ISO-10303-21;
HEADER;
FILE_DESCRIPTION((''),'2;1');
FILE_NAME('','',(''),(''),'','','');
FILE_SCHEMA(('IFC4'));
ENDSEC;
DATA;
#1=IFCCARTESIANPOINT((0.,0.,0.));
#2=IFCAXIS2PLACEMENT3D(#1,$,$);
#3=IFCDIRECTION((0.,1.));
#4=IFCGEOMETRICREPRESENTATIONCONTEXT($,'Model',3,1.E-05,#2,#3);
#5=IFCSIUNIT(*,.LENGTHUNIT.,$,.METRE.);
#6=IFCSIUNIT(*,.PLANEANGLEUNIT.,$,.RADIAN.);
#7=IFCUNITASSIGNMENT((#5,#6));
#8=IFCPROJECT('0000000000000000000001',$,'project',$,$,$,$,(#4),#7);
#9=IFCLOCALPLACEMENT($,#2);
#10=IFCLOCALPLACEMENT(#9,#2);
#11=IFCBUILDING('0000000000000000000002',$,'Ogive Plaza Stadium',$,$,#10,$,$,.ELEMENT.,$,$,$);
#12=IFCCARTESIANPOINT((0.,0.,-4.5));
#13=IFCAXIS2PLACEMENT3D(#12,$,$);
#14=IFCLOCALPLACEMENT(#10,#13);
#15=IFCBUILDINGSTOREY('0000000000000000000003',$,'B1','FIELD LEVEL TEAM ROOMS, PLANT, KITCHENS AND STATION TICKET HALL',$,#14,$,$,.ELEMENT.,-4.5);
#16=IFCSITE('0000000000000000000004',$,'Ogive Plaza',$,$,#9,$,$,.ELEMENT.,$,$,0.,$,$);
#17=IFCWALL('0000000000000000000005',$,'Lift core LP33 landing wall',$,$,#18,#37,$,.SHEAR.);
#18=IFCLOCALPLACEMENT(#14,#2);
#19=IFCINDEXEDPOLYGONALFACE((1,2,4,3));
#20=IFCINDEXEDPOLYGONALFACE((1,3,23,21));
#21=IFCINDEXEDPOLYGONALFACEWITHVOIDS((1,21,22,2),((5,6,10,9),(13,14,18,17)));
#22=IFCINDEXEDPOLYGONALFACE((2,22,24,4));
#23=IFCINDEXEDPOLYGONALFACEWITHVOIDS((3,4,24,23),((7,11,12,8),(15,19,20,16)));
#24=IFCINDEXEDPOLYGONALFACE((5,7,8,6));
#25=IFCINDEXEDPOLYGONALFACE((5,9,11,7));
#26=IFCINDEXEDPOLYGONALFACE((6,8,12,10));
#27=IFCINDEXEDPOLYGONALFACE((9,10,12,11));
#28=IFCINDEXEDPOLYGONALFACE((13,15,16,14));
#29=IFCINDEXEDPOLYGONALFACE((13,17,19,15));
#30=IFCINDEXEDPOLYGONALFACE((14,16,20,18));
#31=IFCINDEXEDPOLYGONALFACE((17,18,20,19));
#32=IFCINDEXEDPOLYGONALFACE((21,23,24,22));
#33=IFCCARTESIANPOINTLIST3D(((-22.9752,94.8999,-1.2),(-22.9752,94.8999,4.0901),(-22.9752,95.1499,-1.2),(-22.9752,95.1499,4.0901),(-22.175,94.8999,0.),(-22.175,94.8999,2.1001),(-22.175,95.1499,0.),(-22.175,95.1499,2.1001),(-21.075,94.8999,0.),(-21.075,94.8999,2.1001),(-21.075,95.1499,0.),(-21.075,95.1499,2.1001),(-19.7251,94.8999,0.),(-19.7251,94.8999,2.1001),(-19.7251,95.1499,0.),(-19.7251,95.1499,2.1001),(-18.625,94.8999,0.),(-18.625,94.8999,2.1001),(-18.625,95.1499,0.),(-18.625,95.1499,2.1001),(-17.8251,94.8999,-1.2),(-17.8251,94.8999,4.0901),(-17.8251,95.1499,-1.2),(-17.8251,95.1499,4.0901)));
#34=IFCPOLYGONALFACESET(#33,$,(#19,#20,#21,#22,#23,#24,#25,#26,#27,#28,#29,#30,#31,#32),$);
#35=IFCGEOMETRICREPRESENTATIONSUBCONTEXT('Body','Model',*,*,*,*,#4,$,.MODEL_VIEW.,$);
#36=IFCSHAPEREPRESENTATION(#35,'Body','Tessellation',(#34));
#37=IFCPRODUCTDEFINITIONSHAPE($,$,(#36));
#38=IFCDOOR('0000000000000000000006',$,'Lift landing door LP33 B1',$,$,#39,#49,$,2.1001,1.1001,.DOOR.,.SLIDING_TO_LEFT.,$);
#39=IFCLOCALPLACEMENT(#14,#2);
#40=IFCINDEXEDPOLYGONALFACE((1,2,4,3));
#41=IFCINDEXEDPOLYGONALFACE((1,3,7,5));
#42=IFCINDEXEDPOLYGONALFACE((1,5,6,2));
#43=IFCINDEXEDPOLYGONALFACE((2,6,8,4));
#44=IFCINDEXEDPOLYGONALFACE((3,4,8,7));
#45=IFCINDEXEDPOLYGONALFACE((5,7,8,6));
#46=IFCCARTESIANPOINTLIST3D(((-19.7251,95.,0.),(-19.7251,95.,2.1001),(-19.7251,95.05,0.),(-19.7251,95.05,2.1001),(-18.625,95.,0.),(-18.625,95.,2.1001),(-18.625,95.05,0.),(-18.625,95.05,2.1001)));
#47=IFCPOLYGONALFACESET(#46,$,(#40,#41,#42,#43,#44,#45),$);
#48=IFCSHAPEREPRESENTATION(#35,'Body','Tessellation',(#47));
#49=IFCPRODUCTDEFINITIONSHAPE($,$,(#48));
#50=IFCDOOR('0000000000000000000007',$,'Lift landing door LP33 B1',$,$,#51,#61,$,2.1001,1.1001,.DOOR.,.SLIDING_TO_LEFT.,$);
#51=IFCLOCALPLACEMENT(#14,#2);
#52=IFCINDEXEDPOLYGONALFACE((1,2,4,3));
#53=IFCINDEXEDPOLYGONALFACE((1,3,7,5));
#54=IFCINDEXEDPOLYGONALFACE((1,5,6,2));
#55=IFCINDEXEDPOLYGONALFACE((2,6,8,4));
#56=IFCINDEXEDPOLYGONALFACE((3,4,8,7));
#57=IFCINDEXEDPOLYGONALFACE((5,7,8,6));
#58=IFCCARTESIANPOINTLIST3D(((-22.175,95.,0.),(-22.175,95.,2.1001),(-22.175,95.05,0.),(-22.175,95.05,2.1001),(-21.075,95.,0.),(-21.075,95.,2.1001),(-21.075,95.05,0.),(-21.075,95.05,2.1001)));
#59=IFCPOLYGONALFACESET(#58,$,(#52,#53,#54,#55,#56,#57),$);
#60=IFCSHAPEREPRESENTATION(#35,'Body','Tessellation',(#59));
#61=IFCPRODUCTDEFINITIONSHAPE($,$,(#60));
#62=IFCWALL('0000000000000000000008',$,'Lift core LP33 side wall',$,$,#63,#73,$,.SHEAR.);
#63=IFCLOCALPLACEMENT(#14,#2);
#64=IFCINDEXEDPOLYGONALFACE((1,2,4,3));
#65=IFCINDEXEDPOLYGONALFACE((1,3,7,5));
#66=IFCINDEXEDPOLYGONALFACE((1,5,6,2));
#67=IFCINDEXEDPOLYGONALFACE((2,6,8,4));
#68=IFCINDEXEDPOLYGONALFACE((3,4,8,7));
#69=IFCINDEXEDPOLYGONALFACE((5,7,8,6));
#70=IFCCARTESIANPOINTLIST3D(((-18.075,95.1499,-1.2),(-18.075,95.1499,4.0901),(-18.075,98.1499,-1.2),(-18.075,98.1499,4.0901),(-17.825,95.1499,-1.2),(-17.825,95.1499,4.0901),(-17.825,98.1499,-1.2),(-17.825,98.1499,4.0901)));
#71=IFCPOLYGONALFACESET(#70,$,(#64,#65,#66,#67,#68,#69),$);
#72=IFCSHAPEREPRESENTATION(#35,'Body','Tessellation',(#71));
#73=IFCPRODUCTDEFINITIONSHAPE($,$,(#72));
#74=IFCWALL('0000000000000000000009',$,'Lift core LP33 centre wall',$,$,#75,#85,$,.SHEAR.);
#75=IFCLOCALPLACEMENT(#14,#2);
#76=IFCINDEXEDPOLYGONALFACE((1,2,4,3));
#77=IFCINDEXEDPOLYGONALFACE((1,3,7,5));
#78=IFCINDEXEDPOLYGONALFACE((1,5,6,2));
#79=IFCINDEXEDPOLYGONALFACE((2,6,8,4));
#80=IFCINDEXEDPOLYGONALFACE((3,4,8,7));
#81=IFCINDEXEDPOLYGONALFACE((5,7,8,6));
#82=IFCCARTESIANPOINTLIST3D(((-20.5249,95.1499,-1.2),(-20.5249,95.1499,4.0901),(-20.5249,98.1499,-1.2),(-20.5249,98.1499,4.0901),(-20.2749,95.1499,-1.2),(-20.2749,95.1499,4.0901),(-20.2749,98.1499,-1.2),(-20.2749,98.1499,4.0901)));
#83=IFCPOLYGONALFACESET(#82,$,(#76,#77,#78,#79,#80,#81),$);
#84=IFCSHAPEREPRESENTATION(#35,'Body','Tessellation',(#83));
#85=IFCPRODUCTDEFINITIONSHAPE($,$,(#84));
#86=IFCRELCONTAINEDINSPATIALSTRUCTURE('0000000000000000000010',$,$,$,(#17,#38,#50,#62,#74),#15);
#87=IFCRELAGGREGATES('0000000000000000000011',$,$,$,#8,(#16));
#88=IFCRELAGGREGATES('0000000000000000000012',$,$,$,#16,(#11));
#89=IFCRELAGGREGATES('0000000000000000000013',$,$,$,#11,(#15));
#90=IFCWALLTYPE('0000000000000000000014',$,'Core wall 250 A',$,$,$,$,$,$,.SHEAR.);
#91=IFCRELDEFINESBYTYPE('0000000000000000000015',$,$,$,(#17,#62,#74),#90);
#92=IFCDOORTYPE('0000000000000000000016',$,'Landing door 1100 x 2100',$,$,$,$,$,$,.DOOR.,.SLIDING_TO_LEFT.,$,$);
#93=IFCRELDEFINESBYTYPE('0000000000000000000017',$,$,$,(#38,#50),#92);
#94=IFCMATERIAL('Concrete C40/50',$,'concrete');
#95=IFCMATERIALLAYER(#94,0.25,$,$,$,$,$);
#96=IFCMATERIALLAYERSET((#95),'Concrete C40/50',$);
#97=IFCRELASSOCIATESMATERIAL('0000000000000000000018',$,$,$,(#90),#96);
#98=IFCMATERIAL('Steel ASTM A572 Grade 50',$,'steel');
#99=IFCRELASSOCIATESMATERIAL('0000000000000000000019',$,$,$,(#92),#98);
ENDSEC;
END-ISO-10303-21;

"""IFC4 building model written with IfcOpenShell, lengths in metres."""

from ifc_helpers import new_model, si_unit, direction, frame, frame_2d, origin, place, context, subcontext, project, spatial, rectangle, extrude, material, layer, layer_set, type_object, element, fill, save


model = new_model("IFC4")

# Units and contexts
model_context = context("Model", 3, precision=1e-05, world=origin(), true_north=direction((0.0, 1.0)))
body_context = subcontext(model_context, "Body", "Model", "MODEL_VIEW")
ifc_project = project(units=[si_unit("LENGTHUNIT", "METRE"), si_unit("PLANEANGLEUNIT", "RADIAN")], contexts=[model_context])

# Site, building, storey
site_placement = place(None, origin())
site = spatial("IfcSite", under=ifc_project, at=site_placement, Name="Ogive Plaza", CompositionType="ELEMENT", RefElevation=0.0)
building_placement = place(site_placement, origin())
building = spatial("IfcBuilding", under=site, at=building_placement, Name="Ogive Plaza Stadium", CompositionType="ELEMENT")
storey_placement = place(building_placement, frame((0.0, 0.0, -4.5)))
storey = spatial("IfcBuildingStorey", under=building, at=storey_placement, Name="B1", Description="FIELD LEVEL TEAM ROOMS, PLANT, KITCHENS AND STATION TICKET HALL", CompositionType="ELEMENT", Elevation=-4.5)

# Wall, openings, doors
ifc_material_1 = material(Name="Concrete C40/50", Category="concrete")
ifc_layer_1 = layer(ifc_material_1, 0.25)
ifc_layer_set_1 = layer_set([ifc_layer_1], Name="Concrete C40/50")
wall_type_1 = type_object("IfcWallType", Name="Core wall 250 A", PredefinedType="SHEAR", material=ifc_layer_set_1)
wall_1_placement = place(storey_placement, frame((-17.825, 95.0249, -1.2), z_axis=(0.0, 0.0, 1.0), x_axis=(-1.0, 0.0, 0.0)))
wall_1 = element("IfcWall", 1, at=wall_1_placement, inside=storey, type_object=wall_type_1, Name="Lift core LP33 landing wall", PredefinedType="SHEAR", context=body_context, shape_type="SweptSolid", body=[
    extrude(rectangle(XDim=5.1501, YDim=0.25, at=frame_2d((2.5752, 0.0))), origin(), (0.0, 0.0, 1.0), 5.29),
])
opening_1_placement = place(wall_1_placement, frame((0.8, 0.0, 1.2)))
opening_1 = element("IfcOpeningElement", 2, at=opening_1_placement, cuts=wall_1, PredefinedType="OPENING", context=body_context, shape_type="SweptSolid", body=[
    extrude(rectangle(XDim=1.1001, YDim=2.1001, at=frame_2d((0.55, 1.05))), frame((0.0, 0.125, 0.0), z_axis=(0.0, -1.0, 0.0), x_axis=(1.0, 0.0, 0.0)), (0.0, 0.0, 1.0), 0.25),
])
opening_2_placement = place(wall_1_placement, frame((3.25, 0.0, 1.2)))
opening_2 = element("IfcOpeningElement", 3, at=opening_2_placement, cuts=wall_1, PredefinedType="OPENING", context=body_context, shape_type="SweptSolid", body=[
    extrude(rectangle(XDim=1.1001, YDim=2.1001, at=frame_2d((0.55, 1.05))), frame((0.0, 0.125, 0.0), z_axis=(0.0, -1.0, 0.0), x_axis=(1.0, 0.0, 0.0)), (0.0, 0.0, 1.0), 0.25),
])
ifc_material_2 = material(Name="Steel ASTM A572 Grade 50", Category="steel")
door_type_1 = type_object("IfcDoorType", Name="Landing door 1100 x 2100", OperationType="SLIDING_TO_LEFT", PredefinedType="DOOR", material=ifc_material_2)
door_1_placement = place(opening_1_placement, origin())
door_1 = element("IfcDoor", 4, at=door_1_placement, inside=storey, type_object=door_type_1, Name="Lift landing door LP33 B1", OperationType="SLIDING_TO_LEFT", OverallHeight=2.1001, OverallWidth=1.1001, PredefinedType="DOOR", context=body_context, shape_type="SweptSolid", body=[
    extrude(rectangle(XDim=1.1001, YDim=2.1001, at=frame_2d((0.55, 1.05))), frame((0.0, 0.0249, 0.0), z_axis=(0.0, -1.0, 0.0), x_axis=(1.0, 0.0, 0.0)), (0.0, 0.0, 1.0), 0.05),
])
fill(opening_1, door_1)
door_2_placement = place(opening_2_placement, origin())
door_2 = element("IfcDoor", 5, at=door_2_placement, inside=storey, type_object=door_type_1, Name="Lift landing door LP33 B1", OperationType="SLIDING_TO_LEFT", OverallHeight=2.1001, OverallWidth=1.1001, PredefinedType="DOOR", context=body_context, shape_type="SweptSolid", body=[
    extrude(rectangle(XDim=1.1001, YDim=2.1001, at=frame_2d((0.55, 1.05))), frame((0.0, 0.0249, 0.0), z_axis=(0.0, -1.0, 0.0), x_axis=(1.0, 0.0, 0.0)), (0.0, 0.0, 1.0), 0.05),
])
fill(opening_2, door_2)

# Walls
for number, where, z_axis, x_axis, name in (
    (6, (-17.95, 95.1499, -1.2), (0.0, 0.0, 1.0), (0.0, 1.0, 0.0), "Lift core LP33 side wall"),
    (7, (-20.3999, 95.1499, -1.2), (0.0, 0.0, 1.0), (0.0, 1.0, 0.0), "Lift core LP33 centre wall"),
):
    element("IfcWall", number, at=place(storey_placement, frame(where, z_axis=z_axis, x_axis=x_axis)), inside=storey, type_object=wall_type_1, Name=name, PredefinedType="SHEAR", context=body_context, shape_type="SweptSolid", body=[
        extrude(rectangle(XDim=3.0, YDim=0.25, at=frame_2d((1.5, 0.0))), origin(), (0.0, 0.0, 1.0), 5.29),
    ])

save(model, "model.ifc")
